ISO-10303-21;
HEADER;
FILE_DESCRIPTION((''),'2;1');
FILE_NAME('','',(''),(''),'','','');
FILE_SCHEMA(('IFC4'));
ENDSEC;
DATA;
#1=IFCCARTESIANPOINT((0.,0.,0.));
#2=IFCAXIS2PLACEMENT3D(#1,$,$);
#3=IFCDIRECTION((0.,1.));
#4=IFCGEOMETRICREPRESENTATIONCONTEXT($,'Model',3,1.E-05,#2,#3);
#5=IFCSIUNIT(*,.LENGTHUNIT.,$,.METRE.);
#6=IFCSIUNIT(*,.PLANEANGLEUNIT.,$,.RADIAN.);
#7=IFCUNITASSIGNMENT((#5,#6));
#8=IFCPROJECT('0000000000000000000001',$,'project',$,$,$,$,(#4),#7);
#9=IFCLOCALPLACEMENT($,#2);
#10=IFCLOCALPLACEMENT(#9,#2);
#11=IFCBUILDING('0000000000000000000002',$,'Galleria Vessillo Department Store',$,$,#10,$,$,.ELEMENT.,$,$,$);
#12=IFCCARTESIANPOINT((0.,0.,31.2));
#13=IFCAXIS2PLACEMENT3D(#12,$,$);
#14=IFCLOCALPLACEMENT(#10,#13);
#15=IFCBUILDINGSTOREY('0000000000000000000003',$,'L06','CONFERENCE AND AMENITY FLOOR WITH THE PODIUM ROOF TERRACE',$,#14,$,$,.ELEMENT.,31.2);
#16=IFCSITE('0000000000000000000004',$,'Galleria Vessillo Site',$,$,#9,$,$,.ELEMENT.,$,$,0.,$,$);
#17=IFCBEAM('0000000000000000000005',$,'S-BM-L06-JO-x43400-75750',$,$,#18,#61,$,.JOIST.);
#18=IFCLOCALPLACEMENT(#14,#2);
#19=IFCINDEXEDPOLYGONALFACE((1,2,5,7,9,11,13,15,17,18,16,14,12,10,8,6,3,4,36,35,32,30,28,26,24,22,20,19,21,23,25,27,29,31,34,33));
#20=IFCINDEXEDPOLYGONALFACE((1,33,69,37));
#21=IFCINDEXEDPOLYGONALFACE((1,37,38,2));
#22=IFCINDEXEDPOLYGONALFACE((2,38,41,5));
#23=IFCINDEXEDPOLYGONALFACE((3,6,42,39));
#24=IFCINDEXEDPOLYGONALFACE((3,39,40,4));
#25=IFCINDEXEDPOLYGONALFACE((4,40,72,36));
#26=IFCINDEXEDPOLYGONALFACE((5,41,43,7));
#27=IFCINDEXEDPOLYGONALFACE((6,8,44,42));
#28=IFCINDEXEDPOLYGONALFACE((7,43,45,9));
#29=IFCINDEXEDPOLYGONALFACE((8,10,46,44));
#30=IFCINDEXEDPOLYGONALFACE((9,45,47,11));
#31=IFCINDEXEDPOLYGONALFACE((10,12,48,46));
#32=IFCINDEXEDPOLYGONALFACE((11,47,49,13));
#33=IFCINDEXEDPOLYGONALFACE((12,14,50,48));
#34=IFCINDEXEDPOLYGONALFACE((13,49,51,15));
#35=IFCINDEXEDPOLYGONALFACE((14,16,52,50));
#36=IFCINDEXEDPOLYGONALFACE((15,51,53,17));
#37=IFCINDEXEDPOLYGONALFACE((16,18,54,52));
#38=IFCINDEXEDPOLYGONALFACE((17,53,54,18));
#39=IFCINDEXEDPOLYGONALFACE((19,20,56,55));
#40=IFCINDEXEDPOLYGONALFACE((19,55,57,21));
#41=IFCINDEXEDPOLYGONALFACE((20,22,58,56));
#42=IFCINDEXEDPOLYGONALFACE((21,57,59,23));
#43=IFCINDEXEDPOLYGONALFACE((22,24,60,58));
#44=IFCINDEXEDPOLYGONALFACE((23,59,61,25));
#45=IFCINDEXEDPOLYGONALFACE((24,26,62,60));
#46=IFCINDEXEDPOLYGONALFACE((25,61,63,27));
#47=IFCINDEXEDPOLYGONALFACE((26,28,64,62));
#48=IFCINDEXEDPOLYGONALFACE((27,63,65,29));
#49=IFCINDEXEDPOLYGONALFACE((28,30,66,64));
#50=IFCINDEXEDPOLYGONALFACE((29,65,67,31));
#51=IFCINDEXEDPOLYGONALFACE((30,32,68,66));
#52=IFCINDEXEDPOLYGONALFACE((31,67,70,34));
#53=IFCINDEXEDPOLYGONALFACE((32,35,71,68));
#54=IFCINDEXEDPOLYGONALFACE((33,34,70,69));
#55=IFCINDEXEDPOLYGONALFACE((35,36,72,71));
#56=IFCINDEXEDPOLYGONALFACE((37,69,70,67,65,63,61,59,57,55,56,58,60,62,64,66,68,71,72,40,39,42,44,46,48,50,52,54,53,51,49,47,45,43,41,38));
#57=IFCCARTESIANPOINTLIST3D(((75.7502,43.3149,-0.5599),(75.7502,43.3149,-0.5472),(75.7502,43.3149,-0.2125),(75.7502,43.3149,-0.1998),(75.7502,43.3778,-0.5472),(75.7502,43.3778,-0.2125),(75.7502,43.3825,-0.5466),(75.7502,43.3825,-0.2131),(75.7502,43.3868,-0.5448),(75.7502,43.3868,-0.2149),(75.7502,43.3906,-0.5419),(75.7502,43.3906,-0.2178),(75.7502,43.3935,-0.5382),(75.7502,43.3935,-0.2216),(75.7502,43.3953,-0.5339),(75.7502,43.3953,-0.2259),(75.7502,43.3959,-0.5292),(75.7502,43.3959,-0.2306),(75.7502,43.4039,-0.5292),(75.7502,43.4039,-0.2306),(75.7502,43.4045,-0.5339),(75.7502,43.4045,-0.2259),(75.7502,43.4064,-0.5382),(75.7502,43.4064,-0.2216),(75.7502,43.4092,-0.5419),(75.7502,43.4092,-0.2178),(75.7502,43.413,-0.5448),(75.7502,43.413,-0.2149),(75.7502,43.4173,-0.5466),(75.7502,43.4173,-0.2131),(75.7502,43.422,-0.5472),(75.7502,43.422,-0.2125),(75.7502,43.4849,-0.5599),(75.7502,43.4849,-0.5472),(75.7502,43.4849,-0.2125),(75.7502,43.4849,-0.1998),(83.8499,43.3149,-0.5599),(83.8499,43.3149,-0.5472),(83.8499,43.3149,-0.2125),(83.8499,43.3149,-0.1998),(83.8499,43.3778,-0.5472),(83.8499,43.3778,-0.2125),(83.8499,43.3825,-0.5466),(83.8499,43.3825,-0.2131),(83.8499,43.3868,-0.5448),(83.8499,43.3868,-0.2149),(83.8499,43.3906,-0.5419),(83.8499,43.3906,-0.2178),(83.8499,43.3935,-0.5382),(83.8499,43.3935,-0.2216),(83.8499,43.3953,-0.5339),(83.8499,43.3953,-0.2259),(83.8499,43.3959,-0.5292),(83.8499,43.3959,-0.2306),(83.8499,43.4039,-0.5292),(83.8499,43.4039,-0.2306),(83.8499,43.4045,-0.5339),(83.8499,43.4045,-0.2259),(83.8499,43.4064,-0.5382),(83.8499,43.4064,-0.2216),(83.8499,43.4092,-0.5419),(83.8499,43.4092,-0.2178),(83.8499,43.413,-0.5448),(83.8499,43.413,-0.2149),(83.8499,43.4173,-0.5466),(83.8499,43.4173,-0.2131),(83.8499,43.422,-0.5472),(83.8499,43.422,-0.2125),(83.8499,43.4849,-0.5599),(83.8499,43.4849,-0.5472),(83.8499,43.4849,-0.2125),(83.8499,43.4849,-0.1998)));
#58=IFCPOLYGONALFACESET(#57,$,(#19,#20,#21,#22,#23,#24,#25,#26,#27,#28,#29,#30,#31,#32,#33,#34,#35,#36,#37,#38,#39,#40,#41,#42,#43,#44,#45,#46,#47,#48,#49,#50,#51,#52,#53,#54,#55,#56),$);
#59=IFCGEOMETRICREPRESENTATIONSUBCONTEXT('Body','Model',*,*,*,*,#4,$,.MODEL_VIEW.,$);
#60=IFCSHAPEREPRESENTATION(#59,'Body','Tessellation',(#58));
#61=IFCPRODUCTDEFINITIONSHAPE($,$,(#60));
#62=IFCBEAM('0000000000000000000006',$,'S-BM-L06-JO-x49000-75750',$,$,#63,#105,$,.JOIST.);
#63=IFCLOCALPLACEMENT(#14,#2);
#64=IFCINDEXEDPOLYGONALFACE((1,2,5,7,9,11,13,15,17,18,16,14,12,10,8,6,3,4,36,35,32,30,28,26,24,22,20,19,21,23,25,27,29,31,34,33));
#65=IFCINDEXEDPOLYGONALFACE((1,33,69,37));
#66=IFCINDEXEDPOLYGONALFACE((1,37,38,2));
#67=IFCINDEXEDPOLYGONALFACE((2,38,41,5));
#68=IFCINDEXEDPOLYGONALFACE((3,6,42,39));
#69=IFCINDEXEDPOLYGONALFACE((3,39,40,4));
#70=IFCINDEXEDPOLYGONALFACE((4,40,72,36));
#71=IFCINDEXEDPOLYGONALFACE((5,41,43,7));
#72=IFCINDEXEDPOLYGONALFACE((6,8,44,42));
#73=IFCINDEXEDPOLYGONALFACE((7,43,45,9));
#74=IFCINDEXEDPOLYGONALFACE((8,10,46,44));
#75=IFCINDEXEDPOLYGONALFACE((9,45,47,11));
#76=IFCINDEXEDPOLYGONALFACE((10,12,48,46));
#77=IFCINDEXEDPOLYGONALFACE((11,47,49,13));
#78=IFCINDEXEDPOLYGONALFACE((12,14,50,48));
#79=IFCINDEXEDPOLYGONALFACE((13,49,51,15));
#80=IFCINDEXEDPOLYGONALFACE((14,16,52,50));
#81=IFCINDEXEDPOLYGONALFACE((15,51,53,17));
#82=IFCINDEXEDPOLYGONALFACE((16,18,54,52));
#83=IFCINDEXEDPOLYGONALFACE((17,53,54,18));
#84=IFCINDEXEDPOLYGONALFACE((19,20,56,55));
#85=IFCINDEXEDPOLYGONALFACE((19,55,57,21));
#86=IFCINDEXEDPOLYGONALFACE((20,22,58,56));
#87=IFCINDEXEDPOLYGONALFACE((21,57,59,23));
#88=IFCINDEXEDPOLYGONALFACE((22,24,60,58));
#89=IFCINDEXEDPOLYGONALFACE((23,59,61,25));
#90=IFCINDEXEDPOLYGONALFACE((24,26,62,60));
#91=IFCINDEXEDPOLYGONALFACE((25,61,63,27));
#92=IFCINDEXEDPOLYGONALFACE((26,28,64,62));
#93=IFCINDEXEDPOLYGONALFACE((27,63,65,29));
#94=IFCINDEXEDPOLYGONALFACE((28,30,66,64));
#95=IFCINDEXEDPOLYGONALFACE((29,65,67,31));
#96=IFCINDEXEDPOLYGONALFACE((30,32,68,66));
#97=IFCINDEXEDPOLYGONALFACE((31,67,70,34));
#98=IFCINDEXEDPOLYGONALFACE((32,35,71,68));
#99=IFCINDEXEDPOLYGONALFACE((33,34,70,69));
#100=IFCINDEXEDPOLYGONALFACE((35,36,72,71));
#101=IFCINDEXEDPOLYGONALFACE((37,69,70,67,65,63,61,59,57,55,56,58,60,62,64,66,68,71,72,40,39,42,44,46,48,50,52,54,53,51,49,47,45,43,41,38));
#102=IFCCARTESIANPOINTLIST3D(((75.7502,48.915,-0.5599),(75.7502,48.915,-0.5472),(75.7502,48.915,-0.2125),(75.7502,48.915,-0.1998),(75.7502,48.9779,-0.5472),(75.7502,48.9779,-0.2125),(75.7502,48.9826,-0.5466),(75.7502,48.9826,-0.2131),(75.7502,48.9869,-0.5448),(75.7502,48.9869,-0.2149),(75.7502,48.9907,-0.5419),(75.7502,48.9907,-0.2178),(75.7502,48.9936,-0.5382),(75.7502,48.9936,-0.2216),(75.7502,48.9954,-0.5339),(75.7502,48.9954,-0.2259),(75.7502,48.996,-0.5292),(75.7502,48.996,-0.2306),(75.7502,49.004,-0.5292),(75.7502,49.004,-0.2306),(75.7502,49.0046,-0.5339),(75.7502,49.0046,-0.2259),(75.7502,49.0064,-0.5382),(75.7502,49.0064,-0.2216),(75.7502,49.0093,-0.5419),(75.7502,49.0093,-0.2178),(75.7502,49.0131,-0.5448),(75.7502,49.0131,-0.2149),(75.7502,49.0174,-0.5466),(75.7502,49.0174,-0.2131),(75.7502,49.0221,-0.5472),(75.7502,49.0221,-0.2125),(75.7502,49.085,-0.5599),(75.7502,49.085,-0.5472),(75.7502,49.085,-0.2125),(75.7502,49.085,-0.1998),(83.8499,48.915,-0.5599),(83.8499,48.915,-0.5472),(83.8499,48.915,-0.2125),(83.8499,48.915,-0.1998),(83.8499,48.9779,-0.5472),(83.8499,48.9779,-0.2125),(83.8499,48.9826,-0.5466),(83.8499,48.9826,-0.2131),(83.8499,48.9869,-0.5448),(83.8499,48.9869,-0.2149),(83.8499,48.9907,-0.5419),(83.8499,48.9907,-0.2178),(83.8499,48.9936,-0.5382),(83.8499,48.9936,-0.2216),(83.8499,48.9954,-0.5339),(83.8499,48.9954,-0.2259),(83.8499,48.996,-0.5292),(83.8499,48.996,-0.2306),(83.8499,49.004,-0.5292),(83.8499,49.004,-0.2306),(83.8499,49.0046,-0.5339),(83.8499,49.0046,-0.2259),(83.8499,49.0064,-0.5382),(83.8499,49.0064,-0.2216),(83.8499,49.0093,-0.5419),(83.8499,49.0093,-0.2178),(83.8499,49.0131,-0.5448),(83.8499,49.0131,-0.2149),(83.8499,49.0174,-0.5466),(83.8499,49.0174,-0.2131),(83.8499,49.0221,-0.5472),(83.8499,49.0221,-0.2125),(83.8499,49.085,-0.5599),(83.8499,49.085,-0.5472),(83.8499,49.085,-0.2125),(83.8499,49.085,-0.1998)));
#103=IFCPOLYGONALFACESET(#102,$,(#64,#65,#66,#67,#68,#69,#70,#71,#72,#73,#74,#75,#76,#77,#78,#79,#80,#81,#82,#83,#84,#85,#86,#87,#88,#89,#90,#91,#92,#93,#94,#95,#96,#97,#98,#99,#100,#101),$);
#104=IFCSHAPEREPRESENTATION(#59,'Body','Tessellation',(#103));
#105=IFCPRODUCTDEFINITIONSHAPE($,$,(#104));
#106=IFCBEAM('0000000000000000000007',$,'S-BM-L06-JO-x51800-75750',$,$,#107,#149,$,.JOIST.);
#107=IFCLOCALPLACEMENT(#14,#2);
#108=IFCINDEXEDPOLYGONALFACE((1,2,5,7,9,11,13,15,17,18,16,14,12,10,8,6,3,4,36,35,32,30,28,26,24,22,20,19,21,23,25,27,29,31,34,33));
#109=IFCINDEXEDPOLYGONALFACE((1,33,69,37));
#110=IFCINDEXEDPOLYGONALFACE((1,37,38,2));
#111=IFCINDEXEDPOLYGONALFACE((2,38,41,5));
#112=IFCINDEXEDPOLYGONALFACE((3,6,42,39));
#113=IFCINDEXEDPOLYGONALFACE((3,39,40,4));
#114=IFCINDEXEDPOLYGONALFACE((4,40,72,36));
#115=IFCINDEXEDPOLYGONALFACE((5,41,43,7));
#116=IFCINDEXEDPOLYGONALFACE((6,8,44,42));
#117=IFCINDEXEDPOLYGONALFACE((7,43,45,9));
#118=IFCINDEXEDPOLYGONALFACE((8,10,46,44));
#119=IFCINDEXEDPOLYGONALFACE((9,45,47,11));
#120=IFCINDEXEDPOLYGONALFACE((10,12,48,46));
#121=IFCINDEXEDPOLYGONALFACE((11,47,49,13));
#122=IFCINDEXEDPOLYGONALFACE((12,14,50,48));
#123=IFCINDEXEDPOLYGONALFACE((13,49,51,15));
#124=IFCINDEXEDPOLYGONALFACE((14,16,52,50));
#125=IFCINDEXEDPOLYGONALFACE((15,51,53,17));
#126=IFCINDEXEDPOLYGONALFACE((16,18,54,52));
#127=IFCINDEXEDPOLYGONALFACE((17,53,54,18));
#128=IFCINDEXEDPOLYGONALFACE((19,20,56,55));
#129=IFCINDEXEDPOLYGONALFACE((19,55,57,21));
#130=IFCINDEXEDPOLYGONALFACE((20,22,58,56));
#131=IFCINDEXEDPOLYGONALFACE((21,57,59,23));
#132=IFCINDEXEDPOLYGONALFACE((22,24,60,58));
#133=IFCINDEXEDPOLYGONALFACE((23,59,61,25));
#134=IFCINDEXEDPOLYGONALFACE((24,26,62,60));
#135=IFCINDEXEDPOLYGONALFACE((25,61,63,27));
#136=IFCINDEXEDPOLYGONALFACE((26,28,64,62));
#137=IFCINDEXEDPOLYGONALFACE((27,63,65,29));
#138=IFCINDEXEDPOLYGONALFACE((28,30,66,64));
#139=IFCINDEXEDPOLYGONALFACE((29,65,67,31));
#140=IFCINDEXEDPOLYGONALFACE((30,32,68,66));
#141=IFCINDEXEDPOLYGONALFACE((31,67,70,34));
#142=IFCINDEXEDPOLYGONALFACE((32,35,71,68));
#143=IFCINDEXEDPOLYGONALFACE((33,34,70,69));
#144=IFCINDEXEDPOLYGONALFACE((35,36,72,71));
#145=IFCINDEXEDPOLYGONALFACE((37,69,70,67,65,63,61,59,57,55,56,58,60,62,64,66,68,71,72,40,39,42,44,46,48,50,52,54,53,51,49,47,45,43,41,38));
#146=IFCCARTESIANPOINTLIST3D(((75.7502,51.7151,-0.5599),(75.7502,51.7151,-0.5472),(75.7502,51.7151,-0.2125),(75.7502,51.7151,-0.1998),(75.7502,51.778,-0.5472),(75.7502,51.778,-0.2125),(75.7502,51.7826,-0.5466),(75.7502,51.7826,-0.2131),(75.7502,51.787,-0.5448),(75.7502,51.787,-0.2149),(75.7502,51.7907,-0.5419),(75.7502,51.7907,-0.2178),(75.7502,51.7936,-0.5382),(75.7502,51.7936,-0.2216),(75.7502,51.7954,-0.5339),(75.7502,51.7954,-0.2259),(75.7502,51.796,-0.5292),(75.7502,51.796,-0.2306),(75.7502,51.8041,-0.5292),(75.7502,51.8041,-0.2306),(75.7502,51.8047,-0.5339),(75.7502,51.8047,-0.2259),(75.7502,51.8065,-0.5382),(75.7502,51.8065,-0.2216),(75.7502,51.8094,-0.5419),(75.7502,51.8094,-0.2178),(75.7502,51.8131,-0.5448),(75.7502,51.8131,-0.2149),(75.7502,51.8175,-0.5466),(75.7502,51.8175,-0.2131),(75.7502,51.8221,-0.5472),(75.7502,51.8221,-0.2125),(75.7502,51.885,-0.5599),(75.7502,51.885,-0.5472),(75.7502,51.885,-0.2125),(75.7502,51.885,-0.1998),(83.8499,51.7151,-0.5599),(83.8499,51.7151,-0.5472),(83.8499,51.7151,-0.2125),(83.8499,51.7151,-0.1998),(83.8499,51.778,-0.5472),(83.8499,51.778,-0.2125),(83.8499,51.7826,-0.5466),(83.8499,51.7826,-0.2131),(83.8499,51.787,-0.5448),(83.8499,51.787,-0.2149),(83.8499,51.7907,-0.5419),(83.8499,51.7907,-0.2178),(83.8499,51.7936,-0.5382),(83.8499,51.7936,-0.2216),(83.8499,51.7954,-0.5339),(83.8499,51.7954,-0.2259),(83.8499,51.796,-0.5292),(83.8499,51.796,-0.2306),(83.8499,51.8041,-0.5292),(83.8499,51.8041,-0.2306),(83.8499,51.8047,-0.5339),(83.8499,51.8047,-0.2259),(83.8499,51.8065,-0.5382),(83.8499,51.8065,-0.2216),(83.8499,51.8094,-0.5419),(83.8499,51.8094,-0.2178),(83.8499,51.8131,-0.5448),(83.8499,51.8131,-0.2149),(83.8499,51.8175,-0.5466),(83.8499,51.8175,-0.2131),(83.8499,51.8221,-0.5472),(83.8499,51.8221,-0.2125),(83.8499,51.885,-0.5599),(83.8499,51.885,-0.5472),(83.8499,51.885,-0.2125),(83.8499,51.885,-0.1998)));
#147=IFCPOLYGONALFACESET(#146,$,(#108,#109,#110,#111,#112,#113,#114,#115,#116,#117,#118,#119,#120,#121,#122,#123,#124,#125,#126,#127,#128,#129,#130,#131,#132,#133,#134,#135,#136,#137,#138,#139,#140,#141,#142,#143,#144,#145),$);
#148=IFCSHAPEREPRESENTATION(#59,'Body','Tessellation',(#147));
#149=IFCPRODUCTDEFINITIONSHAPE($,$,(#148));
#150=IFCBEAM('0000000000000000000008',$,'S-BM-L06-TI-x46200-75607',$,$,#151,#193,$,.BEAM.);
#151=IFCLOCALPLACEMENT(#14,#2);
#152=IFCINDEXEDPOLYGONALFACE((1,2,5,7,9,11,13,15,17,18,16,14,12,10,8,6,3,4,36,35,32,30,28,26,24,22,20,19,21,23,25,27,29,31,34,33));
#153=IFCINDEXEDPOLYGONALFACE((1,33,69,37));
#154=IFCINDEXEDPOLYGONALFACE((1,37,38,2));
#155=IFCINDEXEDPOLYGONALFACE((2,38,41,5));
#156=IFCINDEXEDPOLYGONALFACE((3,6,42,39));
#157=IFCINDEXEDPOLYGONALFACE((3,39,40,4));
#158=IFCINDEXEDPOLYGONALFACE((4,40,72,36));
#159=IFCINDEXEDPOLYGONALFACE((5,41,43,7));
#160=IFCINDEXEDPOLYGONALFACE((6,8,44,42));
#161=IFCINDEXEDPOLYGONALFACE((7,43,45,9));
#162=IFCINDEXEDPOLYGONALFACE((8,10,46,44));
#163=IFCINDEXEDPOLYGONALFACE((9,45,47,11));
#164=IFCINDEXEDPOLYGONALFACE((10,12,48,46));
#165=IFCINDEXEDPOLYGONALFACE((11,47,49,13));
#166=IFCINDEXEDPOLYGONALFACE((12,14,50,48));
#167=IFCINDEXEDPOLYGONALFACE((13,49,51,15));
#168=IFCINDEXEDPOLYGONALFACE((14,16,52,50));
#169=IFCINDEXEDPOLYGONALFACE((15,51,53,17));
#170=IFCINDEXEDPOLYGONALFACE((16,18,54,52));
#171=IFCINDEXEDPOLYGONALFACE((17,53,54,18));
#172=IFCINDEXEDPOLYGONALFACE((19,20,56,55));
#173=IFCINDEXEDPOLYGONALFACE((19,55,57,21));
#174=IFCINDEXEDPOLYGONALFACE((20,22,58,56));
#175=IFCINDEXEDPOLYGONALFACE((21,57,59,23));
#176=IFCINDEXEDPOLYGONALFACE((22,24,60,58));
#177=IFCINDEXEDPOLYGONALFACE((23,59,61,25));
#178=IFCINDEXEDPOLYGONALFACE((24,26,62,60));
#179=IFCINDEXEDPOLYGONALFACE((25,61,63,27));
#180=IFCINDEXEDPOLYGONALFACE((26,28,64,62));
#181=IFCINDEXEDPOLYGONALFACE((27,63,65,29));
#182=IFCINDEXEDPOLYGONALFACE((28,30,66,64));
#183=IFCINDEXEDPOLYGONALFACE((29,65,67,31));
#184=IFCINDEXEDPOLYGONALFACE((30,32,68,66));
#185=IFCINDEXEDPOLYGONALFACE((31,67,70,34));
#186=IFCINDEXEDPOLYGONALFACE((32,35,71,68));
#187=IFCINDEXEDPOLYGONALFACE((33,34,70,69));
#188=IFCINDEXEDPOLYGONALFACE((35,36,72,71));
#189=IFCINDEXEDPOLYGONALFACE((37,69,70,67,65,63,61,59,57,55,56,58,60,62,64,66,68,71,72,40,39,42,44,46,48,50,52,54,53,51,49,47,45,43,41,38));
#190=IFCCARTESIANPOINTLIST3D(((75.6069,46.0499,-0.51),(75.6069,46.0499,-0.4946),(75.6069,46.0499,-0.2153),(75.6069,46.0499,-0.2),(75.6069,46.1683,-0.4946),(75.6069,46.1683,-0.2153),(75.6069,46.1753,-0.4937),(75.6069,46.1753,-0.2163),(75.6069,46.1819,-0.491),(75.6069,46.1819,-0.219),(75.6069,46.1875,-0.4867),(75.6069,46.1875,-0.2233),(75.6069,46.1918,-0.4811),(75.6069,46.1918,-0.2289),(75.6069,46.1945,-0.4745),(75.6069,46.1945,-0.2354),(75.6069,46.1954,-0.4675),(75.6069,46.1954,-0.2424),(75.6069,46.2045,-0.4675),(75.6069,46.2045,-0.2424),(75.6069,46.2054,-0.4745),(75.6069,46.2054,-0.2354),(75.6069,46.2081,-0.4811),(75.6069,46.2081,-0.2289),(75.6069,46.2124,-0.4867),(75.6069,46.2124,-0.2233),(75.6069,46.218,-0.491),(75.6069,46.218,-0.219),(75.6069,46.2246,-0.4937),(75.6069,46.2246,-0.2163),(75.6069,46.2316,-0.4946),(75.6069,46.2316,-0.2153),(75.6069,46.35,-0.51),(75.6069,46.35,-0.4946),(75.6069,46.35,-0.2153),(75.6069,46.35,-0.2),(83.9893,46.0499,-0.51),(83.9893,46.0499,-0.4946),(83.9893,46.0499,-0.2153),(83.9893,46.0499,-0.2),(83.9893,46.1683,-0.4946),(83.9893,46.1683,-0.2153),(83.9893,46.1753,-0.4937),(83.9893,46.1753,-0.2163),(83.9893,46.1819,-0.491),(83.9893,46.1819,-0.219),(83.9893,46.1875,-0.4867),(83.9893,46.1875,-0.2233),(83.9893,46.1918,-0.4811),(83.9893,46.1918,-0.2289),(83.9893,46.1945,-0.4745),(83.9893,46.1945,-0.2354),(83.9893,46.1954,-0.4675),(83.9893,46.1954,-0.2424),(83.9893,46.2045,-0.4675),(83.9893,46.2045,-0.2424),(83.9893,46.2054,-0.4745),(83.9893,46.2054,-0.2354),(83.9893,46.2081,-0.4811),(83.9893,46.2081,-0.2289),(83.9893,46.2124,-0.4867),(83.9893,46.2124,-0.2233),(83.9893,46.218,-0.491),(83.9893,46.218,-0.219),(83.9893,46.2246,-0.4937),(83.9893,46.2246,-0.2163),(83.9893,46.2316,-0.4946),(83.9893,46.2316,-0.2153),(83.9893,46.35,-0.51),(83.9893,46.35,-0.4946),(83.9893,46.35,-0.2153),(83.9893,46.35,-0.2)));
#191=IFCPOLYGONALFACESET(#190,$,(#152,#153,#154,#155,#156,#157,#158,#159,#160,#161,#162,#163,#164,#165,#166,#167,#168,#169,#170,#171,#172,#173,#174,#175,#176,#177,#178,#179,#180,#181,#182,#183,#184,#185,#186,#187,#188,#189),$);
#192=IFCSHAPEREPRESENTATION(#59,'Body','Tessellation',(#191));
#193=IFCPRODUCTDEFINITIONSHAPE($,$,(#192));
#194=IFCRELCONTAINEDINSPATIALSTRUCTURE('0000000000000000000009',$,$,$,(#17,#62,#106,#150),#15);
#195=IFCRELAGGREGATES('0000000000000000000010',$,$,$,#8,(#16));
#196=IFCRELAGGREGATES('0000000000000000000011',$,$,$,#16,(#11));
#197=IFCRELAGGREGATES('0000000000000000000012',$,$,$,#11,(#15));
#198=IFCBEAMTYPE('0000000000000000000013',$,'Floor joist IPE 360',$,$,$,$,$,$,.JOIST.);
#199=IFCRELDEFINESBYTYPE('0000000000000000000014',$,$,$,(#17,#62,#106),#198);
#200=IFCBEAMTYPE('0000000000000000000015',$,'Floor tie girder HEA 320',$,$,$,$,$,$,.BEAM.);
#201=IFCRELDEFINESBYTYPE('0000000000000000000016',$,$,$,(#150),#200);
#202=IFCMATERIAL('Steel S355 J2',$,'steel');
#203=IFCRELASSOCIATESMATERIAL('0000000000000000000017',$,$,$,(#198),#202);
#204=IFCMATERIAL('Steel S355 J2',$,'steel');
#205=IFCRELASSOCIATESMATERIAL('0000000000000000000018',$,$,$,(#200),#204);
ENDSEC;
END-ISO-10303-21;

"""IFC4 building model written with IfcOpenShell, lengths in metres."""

from ifc_helpers import new_model, si_unit, direction, frame, origin, origin_2d, place, context, subcontext, project, spatial, i_section, extrude, material, material_profile, profile_set, type_object, element, save


model = new_model("IFC4")

# Units and contexts
model_context = context("Model", 3, precision=1e-05, world=origin(), true_north=direction((0.0, 1.0)))
body_context = subcontext(model_context, "Body", "Model", "MODEL_VIEW")
ifc_project = project(units=[si_unit("LENGTHUNIT", "METRE"), si_unit("PLANEANGLEUNIT", "RADIAN")], contexts=[model_context])

# Site, building, storey
site_placement = place(None, origin())
site = spatial("IfcSite", under=ifc_project, at=site_placement, Name="Galleria Vessillo Site", CompositionType="ELEMENT", RefElevation=0.0)
building_placement = place(site_placement, origin())
building = spatial("IfcBuilding", under=site, at=building_placement, Name="Galleria Vessillo Department Store", CompositionType="ELEMENT")
storey_placement = place(building_placement, frame((0.0, 0.0, 31.2)))
storey = spatial("IfcBuildingStorey", under=building, at=storey_placement, Name="L06", Description="CONFERENCE AND AMENITY FLOOR WITH THE PODIUM ROOF TERRACE", CompositionType="ELEMENT", Elevation=31.2)

# Beams
ifc_material_1 = material(Name="Steel S355 J2", Category="steel")
ifc_material_profile_1 = material_profile(ifc_material_1, i_section(OverallWidth=0.1699, OverallDepth=0.3601, WebThickness=0.0081, FlangeThickness=0.0127, FilletRadius=0.0181, at=origin_2d()), Name="IPE 360")
ifc_profile_set_1 = profile_set([ifc_material_profile_1], Name="Steel S355 J2")
beam_type_1 = type_object("IfcBeamType", Name="Floor joist IPE 360", PredefinedType="JOIST", material=ifc_profile_set_1)
for number, where, z_axis, x_axis, name in (
    (1, (75.7502, 43.3999, -0.3799), (1.0, 0.0, 0.0), (0.0, 1.0, 0.0), "S-BM-L06-JO-x43400-75750"),
    (2, (75.7502, 49.0, -0.3799), (1.0, 0.0, 0.0), (0.0, 1.0, 0.0), "S-BM-L06-JO-x49000-75750"),
    (3, (75.7502, 51.8, -0.3799), (1.0, 0.0, 0.0), (0.0, 1.0, 0.0), "S-BM-L06-JO-x51800-75750"),
):
    element("IfcBeam", number, at=place(storey_placement, frame(where, z_axis=z_axis, x_axis=x_axis)), inside=storey, type_object=beam_type_1, Name=name, PredefinedType="JOIST", context=body_context, shape_type="SweptSolid", body=[
        extrude(i_section(OverallWidth=0.1699, OverallDepth=0.3601, WebThickness=0.0081, FlangeThickness=0.0127, FilletRadius=0.0181, at=origin_2d()), origin(), (0.0, 0.0, 1.0), 8.0996),
    ])
ifc_material_2 = material(Name="Steel S355 J2", Category="steel")
ifc_material_profile_2 = material_profile(ifc_material_2, i_section(OverallWidth=0.3, OverallDepth=0.3101, WebThickness=0.009, FlangeThickness=0.0154, FilletRadius=0.0271, at=origin_2d()), Name="HEA 320")
ifc_profile_set_2 = profile_set([ifc_material_profile_2], Name="Steel S355 J2")
beam_type_2 = type_object("IfcBeamType", Name="Floor tie girder HEA 320", PredefinedType="BEAM", material=ifc_profile_set_2)
beam_1_placement = place(storey_placement, frame((75.6069, 46.2, -0.355), z_axis=(1.0, 0.0, 0.0), x_axis=(0.0, 1.0, 0.0)))
element("IfcBeam", 4, at=beam_1_placement, inside=storey, type_object=beam_type_2, Name="S-BM-L06-TI-x46200-75607", PredefinedType="BEAM", context=body_context, shape_type="SweptSolid", body=[
    extrude(i_section(OverallWidth=0.3, OverallDepth=0.3101, WebThickness=0.009, FlangeThickness=0.0154, FilletRadius=0.0271, at=origin_2d()), origin(), (0.0, 0.0, 1.0), 8.3823),
])

save(model, "model.ifc")
